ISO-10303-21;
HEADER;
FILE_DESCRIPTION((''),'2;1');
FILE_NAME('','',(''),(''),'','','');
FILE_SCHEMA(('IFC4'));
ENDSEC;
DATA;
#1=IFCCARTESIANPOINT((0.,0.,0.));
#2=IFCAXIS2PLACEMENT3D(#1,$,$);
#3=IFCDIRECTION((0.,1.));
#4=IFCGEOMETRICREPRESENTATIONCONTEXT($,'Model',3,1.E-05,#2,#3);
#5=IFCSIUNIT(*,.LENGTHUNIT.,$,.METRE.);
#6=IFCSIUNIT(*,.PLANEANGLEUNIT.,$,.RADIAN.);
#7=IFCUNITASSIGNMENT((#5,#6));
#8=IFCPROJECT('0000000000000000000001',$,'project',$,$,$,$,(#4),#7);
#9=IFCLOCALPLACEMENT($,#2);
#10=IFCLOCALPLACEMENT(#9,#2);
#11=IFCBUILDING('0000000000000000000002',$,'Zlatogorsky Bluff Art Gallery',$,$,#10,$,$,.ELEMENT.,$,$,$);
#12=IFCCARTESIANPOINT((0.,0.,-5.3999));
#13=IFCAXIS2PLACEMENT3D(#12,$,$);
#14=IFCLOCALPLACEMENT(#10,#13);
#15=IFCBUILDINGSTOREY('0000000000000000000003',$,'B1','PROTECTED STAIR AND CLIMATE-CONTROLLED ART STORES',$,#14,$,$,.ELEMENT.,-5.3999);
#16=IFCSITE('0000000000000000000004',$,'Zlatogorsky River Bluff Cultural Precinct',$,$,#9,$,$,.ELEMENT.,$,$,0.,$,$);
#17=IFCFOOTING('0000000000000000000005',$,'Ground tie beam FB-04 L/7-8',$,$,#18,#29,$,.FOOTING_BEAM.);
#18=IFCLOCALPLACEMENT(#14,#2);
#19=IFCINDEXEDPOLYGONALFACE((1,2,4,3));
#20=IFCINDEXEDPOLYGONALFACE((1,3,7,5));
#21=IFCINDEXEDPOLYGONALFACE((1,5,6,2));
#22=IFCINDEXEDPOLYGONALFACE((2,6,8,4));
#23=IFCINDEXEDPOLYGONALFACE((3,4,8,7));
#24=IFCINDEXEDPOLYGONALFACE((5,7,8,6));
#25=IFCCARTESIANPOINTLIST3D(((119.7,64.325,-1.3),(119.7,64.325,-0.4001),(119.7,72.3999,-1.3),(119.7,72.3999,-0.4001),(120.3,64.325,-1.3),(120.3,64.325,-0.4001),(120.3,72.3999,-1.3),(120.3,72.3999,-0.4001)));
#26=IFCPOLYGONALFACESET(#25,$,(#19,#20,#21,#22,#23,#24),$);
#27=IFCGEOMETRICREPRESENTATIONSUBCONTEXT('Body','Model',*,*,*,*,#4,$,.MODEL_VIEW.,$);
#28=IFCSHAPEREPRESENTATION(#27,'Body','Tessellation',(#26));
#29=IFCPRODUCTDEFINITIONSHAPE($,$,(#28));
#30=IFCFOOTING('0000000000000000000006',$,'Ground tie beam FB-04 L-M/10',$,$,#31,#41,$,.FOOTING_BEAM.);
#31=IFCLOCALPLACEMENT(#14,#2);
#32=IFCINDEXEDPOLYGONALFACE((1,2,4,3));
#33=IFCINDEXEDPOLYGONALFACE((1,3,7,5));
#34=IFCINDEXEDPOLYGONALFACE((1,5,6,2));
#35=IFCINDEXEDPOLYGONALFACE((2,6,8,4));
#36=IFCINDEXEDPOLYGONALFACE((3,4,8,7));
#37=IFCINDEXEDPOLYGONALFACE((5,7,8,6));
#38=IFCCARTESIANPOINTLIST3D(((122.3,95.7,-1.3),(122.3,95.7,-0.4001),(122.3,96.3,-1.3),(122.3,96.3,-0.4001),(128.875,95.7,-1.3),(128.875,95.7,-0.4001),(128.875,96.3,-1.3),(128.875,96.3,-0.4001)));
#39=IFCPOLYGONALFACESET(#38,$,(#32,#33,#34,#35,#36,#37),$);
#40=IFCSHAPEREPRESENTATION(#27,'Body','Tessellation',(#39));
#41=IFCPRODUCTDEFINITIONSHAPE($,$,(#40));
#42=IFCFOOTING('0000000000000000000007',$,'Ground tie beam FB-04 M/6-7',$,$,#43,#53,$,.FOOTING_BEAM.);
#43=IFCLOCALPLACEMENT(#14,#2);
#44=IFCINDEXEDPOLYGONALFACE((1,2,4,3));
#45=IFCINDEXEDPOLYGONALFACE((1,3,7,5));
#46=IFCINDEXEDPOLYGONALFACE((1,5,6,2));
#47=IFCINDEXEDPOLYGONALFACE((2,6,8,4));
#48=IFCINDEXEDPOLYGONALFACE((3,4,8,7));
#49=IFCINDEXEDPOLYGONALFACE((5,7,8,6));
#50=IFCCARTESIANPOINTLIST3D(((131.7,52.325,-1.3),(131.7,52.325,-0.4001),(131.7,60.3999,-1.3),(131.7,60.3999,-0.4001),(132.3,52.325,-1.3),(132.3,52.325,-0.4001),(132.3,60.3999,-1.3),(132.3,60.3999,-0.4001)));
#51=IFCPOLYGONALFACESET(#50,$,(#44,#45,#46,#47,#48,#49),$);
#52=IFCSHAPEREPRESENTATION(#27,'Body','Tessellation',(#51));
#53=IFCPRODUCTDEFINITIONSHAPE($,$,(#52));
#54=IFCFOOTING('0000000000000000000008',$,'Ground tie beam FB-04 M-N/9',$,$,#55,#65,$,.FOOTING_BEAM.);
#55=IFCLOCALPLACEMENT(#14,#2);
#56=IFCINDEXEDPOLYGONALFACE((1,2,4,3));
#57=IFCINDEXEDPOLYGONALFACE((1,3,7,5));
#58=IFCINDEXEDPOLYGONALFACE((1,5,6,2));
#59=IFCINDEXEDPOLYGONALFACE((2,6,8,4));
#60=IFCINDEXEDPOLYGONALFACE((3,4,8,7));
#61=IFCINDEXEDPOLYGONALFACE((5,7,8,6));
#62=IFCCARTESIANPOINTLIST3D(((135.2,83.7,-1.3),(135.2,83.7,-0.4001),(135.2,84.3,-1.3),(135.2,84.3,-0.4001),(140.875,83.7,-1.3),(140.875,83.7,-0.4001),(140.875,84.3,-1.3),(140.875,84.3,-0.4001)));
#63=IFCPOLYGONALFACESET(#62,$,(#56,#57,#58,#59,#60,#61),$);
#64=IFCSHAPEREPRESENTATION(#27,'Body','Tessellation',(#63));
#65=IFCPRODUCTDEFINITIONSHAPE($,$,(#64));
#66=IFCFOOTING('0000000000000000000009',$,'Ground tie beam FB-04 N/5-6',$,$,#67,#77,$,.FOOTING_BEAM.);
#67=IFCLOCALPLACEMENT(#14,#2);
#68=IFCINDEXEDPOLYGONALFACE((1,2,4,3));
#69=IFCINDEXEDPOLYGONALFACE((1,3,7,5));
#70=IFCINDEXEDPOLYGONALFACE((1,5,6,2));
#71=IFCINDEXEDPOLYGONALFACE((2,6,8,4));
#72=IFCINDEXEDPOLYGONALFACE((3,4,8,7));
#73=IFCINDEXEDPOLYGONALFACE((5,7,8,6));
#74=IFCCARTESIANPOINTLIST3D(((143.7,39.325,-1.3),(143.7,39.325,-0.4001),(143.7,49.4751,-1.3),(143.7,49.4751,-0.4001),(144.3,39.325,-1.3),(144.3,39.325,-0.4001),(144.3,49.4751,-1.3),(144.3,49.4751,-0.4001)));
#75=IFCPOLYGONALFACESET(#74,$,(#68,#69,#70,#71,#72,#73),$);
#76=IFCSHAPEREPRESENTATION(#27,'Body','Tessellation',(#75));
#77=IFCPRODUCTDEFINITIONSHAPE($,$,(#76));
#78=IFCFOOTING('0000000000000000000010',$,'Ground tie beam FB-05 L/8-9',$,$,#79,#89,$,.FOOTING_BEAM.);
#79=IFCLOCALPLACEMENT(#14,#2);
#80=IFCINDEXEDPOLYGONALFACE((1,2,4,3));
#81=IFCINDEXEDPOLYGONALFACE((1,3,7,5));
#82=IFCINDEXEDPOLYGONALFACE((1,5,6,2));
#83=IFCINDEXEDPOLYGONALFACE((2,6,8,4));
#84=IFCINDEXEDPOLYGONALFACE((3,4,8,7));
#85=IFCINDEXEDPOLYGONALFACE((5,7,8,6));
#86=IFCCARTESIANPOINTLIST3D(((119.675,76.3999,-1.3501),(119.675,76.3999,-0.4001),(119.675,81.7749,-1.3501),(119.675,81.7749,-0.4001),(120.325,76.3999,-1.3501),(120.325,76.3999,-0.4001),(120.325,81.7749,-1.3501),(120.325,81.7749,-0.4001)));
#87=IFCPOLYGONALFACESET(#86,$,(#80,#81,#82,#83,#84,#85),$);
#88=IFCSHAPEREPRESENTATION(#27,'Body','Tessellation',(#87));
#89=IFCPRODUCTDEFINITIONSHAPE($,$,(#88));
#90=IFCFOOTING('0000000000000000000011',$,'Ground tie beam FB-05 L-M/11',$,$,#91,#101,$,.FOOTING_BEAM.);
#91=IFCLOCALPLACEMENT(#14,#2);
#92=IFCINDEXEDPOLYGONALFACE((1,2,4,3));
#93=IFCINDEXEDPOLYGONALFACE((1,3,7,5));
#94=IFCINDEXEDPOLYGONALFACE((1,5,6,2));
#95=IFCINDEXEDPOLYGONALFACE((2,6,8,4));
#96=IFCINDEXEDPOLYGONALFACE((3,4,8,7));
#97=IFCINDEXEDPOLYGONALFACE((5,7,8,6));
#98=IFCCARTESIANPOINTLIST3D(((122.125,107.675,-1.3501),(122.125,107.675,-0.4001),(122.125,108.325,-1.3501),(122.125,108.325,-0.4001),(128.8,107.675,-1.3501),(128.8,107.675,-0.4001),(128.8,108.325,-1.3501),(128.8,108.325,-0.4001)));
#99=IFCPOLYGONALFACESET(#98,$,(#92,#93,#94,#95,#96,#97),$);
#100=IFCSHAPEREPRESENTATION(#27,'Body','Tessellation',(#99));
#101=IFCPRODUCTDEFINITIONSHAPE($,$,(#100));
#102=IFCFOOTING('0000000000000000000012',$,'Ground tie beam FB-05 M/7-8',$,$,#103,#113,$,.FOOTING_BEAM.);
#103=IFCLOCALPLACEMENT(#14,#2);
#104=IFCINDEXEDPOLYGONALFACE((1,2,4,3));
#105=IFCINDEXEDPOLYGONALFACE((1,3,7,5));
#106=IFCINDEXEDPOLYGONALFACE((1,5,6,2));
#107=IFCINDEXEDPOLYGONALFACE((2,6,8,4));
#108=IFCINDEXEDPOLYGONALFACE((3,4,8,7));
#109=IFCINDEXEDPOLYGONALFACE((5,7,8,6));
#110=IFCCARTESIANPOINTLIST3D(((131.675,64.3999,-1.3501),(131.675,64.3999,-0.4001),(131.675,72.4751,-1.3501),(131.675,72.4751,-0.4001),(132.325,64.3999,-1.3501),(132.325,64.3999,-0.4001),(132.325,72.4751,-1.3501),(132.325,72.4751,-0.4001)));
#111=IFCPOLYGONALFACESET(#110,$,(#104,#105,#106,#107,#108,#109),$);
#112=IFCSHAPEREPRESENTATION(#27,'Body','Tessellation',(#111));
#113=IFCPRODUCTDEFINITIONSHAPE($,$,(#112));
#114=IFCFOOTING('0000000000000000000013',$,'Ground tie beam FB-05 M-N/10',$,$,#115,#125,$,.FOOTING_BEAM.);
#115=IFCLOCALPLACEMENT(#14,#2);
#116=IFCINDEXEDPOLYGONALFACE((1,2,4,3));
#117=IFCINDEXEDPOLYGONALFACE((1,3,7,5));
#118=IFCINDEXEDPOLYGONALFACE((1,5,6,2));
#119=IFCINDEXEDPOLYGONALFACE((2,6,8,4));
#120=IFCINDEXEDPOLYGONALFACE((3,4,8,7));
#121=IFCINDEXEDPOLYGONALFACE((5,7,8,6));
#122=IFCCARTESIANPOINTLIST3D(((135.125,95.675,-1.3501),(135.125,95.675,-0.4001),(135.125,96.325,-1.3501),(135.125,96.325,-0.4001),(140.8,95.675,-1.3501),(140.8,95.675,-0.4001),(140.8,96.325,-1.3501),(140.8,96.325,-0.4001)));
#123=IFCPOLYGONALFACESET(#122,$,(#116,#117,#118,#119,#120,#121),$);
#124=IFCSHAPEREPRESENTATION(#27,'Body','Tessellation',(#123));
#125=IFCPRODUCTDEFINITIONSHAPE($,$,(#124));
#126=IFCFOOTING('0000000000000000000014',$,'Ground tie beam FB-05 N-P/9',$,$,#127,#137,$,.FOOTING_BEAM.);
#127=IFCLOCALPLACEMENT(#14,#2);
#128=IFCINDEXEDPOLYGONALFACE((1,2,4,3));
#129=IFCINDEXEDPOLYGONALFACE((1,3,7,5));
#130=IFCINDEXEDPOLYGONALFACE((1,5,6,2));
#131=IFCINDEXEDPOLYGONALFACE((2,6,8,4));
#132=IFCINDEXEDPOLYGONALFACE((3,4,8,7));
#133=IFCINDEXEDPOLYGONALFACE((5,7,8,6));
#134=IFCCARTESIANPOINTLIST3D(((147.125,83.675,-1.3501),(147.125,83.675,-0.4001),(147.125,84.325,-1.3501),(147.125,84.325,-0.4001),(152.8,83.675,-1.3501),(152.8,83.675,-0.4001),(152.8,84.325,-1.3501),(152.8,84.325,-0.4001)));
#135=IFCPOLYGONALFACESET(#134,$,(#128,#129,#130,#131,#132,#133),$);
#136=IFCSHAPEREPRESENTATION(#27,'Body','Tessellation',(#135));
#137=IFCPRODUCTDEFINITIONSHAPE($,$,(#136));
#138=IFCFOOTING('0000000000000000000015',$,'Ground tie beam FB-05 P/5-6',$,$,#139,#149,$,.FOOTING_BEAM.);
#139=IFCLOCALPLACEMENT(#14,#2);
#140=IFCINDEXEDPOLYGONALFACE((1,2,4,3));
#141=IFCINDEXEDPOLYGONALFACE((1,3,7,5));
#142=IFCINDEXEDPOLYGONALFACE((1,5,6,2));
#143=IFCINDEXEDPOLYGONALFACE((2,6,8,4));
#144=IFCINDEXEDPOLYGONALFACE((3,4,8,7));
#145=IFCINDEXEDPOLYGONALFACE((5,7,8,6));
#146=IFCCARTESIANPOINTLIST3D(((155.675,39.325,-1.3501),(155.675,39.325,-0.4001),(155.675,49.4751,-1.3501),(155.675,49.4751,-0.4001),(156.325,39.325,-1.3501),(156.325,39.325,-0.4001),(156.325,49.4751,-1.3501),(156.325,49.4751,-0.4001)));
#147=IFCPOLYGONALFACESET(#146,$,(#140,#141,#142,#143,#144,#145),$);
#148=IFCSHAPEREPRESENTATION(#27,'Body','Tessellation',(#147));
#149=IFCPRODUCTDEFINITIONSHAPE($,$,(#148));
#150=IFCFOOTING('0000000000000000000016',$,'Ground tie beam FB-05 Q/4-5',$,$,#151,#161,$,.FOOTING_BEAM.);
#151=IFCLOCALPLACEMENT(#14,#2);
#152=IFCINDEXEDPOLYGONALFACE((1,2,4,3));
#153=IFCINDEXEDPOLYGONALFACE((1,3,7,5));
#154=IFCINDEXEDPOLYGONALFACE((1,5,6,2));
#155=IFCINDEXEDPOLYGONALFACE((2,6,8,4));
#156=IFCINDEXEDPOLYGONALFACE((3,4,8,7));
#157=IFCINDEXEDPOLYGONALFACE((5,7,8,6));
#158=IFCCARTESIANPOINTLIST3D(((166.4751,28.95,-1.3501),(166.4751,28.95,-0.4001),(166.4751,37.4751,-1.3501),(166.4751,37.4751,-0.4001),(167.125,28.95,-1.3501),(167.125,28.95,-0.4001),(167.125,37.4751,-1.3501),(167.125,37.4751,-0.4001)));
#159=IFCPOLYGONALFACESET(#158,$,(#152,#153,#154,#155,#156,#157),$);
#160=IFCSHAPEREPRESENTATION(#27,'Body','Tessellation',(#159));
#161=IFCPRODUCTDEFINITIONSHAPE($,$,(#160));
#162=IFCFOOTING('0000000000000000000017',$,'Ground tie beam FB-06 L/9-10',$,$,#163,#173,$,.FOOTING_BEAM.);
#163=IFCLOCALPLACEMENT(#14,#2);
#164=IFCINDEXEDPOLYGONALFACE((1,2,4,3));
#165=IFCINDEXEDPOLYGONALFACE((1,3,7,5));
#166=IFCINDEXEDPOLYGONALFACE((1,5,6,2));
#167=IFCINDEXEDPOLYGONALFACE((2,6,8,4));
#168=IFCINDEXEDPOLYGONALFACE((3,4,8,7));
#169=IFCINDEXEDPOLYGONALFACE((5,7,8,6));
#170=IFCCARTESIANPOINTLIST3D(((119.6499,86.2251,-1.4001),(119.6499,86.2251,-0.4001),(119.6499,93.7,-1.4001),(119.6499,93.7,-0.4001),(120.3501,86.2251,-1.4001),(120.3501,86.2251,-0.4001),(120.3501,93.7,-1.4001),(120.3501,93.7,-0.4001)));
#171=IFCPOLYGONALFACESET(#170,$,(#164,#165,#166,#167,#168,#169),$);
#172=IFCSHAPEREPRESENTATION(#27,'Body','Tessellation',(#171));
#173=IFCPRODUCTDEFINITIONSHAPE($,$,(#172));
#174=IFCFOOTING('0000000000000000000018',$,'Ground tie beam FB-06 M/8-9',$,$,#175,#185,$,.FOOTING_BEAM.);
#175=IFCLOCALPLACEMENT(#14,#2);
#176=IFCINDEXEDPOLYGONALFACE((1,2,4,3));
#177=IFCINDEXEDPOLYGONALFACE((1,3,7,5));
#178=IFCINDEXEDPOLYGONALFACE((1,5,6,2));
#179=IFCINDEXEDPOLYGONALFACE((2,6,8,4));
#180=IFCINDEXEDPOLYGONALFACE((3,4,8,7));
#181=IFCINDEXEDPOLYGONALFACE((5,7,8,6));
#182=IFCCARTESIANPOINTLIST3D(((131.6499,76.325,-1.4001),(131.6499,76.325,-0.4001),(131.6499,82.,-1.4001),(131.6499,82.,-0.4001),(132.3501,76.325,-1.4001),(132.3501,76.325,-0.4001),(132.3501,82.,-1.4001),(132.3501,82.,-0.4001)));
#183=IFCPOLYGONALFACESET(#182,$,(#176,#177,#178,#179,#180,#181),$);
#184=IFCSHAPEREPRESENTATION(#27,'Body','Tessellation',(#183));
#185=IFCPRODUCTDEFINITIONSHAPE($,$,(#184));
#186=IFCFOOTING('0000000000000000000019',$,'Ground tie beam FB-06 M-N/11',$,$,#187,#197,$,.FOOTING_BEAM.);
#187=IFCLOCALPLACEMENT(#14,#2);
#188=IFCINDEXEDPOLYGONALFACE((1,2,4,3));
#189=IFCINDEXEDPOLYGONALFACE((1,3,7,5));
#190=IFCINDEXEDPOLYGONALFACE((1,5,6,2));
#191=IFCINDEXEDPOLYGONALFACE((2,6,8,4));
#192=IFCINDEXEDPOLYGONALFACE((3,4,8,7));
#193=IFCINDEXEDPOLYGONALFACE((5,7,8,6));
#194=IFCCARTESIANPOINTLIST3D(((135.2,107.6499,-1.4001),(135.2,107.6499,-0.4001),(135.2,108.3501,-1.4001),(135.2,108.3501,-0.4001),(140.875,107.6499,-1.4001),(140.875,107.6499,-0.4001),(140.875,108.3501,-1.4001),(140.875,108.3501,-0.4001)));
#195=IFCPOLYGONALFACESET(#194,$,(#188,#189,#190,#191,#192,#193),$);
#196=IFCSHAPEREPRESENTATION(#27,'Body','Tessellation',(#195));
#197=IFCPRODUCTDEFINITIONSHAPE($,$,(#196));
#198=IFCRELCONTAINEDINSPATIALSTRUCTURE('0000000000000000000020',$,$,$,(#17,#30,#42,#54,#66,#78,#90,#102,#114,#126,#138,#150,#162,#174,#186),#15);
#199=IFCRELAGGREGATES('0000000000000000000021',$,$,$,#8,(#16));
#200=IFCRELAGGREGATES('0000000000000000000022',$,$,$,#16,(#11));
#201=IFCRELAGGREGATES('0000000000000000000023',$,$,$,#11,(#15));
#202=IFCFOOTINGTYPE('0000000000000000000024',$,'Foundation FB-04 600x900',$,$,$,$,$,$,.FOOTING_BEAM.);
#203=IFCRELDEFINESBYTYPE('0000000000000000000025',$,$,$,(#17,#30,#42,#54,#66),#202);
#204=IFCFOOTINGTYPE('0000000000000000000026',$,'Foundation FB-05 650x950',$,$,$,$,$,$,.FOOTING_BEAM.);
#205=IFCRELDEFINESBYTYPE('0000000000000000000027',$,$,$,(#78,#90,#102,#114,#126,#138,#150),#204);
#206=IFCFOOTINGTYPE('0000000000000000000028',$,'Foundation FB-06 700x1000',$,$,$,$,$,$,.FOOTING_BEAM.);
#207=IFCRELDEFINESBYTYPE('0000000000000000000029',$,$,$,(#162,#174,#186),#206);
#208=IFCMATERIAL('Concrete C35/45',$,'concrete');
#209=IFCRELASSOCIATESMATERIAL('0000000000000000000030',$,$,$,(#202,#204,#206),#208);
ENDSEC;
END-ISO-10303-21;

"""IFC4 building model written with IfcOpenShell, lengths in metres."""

from ifc_helpers import new_model, si_unit, direction, frame, origin, place, context, subcontext, project, spatial, polyline, outline, extrude, material, type_object, element, save


model = new_model("IFC4")

# Units and contexts
model_context = context("Model", 3, precision=1e-05, world=origin(), true_north=direction((0.0, 1.0)))
body_context = subcontext(model_context, "Body", "Model", "MODEL_VIEW")
ifc_project = project(units=[si_unit("LENGTHUNIT", "METRE"), si_unit("PLANEANGLEUNIT", "RADIAN")], contexts=[model_context])

# Site, building, storey
site_placement = place(None, origin())
site = spatial("IfcSite", under=ifc_project, at=site_placement, Name="Zlatogorsky River Bluff Cultural Precinct", CompositionType="ELEMENT", RefElevation=0.0)
building_placement = place(site_placement, origin())
building = spatial("IfcBuilding", under=site, at=building_placement, Name="Zlatogorsky Bluff Art Gallery", CompositionType="ELEMENT")
storey_placement = place(building_placement, frame((0.0, 0.0, -5.3999)))
storey = spatial("IfcBuildingStorey", under=building, at=storey_placement, Name="B1", Description="PROTECTED STAIR AND CLIMATE-CONTROLLED ART STORES", CompositionType="ELEMENT", Elevation=-5.3999)

# Footings
ifc_material = material(Name="Concrete C35/45", Category="concrete")
footing_type_1 = type_object("IfcFootingType", Name="Foundation FB-04 600x900", PredefinedType="FOOTING_BEAM", material=ifc_material)
footing_1_placement = place(storey_placement, frame((0.0, 0.0, -1.3)))
element("IfcFooting", 1, at=footing_1_placement, inside=storey, type_object=footing_type_1, Name="Ground tie beam FB-04 L/7-8", PredefinedType="FOOTING_BEAM", context=body_context, shape_type="SweptSolid", body=[
    extrude(outline(polyline([(119.7, 64.325), (120.3, 64.325), (120.3, 72.3999), (119.7, 72.3999), (119.7, 64.325)])), origin(), (0.0, 0.0, 1.0), 0.8999),
])
footing_2_placement = place(storey_placement, frame((0.0, 0.0, -1.3)))
element("IfcFooting", 2, at=footing_2_placement, inside=storey, type_object=footing_type_1, Name="Ground tie beam FB-04 L-M/10", PredefinedType="FOOTING_BEAM", context=body_context, shape_type="SweptSolid", body=[
    extrude(outline(polyline([(122.3, 95.7), (128.875, 95.7), (128.875, 96.3), (122.3, 96.3), (122.3, 95.7)])), origin(), (0.0, 0.0, 1.0), 0.8999),
])
footing_3_placement = place(storey_placement, frame((0.0, 0.0, -1.3)))
element("IfcFooting", 3, at=footing_3_placement, inside=storey, type_object=footing_type_1, Name="Ground tie beam FB-04 M/6-7", PredefinedType="FOOTING_BEAM", context=body_context, shape_type="SweptSolid", body=[
    extrude(outline(polyline([(131.7, 52.325), (132.3, 52.325), (132.3, 60.3999), (131.7, 60.3999), (131.7, 52.325)])), origin(), (0.0, 0.0, 1.0), 0.8999),
])
footing_4_placement = place(storey_placement, frame((0.0, 0.0, -1.3)))
element("IfcFooting", 4, at=footing_4_placement, inside=storey, type_object=footing_type_1, Name="Ground tie beam FB-04 M-N/9", PredefinedType="FOOTING_BEAM", context=body_context, shape_type="SweptSolid", body=[
    extrude(outline(polyline([(135.2, 83.7), (140.875, 83.7), (140.875, 84.3), (135.2, 84.3), (135.2, 83.7)])), origin(), (0.0, 0.0, 1.0), 0.8999),
])
footing_5_placement = place(storey_placement, frame((0.0, 0.0, -1.3)))
element("IfcFooting", 5, at=footing_5_placement, inside=storey, type_object=footing_type_1, Name="Ground tie beam FB-04 N/5-6", PredefinedType="FOOTING_BEAM", context=body_context, shape_type="SweptSolid", body=[
    extrude(outline(polyline([(143.7, 39.325), (144.3, 39.325), (144.3, 49.4751), (143.7, 49.4751), (143.7, 39.325)])), origin(), (0.0, 0.0, 1.0), 0.8999),
])
footing_type_2 = type_object("IfcFootingType", Name="Foundation FB-05 650x950", PredefinedType="FOOTING_BEAM", material=ifc_material)
footing_6_placement = place(storey_placement, frame((0.0, 0.0, -1.3501)))
element("IfcFooting", 6, at=footing_6_placement, inside=storey, type_object=footing_type_2, Name="Ground tie beam FB-05 L/8-9", PredefinedType="FOOTING_BEAM", context=body_context, shape_type="SweptSolid", body=[
    extrude(outline(polyline([(119.675, 76.3999), (120.325, 76.3999), (120.325, 81.7749), (119.675, 81.7749), (119.675, 76.3999)])), origin(), (0.0, 0.0, 1.0), 0.95),
])
footing_7_placement = place(storey_placement, frame((0.0, 0.0, -1.3501)))
element("IfcFooting", 7, at=footing_7_placement, inside=storey, type_object=footing_type_2, Name="Ground tie beam FB-05 L-M/11", PredefinedType="FOOTING_BEAM", context=body_context, shape_type="SweptSolid", body=[
    extrude(outline(polyline([(122.125, 107.675), (128.8, 107.675), (128.8, 108.325), (122.125, 108.325), (122.125, 107.675)])), origin(), (0.0, 0.0, 1.0), 0.95),
])
footing_8_placement = place(storey_placement, frame((0.0, 0.0, -1.3501)))
element("IfcFooting", 8, at=footing_8_placement, inside=storey, type_object=footing_type_2, Name="Ground tie beam FB-05 M/7-8", PredefinedType="FOOTING_BEAM", context=body_context, shape_type="SweptSolid", body=[
    extrude(outline(polyline([(131.675, 64.3999), (132.325, 64.3999), (132.325, 72.4751), (131.675, 72.4751), (131.675, 64.3999)])), origin(), (0.0, 0.0, 1.0), 0.95),
])
footing_9_placement = place(storey_placement, frame((0.0, 0.0, -1.3501)))
element("IfcFooting", 9, at=footing_9_placement, inside=storey, type_object=footing_type_2, Name="Ground tie beam FB-05 M-N/10", PredefinedType="FOOTING_BEAM", context=body_context, shape_type="SweptSolid", body=[
    extrude(outline(polyline([(135.125, 95.675), (140.8, 95.675), (140.8, 96.325), (135.125, 96.325), (135.125, 95.675)])), origin(), (0.0, 0.0, 1.0), 0.95),
])
footing_10_placement = place(storey_placement, frame((0.0, 0.0, -1.3501)))
element("IfcFooting", 10, at=footing_10_placement, inside=storey, type_object=footing_type_2, Name="Ground tie beam FB-05 N-P/9", PredefinedType="FOOTING_BEAM", context=body_context, shape_type="SweptSolid", body=[
    extrude(outline(polyline([(147.125, 83.675), (152.8, 83.675), (152.8, 84.325), (147.125, 84.325), (147.125, 83.675)])), origin(), (0.0, 0.0, 1.0), 0.95),
])
footing_11_placement = place(storey_placement, frame((0.0, 0.0, -1.3501)))
element("IfcFooting", 11, at=footing_11_placement, inside=storey, type_object=footing_type_2, Name="Ground tie beam FB-05 P/5-6", PredefinedType="FOOTING_BEAM", context=body_context, shape_type="SweptSolid", body=[
    extrude(outline(polyline([(155.675, 39.325), (156.325, 39.325), (156.325, 49.4751), (155.675, 49.4751), (155.675, 39.325)])), origin(), (0.0, 0.0, 1.0), 0.95),
])
footing_12_placement = place(storey_placement, frame((0.0, 0.0, -1.3501)))
element("IfcFooting", 12, at=footing_12_placement, inside=storey, type_object=footing_type_2, Name="Ground tie beam FB-05 Q/4-5", PredefinedType="FOOTING_BEAM", context=body_context, shape_type="SweptSolid", body=[
    extrude(outline(polyline([(166.4751, 28.95), (167.125, 28.95), (167.125, 37.4751), (166.4751, 37.4751), (166.4751, 28.95)])), origin(), (0.0, 0.0, 1.0), 0.95),
])
footing_type_3 = type_object("IfcFootingType", Name="Foundation FB-06 700x1000", PredefinedType="FOOTING_BEAM", material=ifc_material)
footing_13_placement = place(storey_placement, frame((0.0, 0.0, -1.4001)))
element("IfcFooting", 13, at=footing_13_placement, inside=storey, type_object=footing_type_3, Name="Ground tie beam FB-06 L/9-10", PredefinedType="FOOTING_BEAM", context=body_context, shape_type="SweptSolid", body=[
    extrude(outline(polyline([(119.6499, 86.2251), (120.3501, 86.2251), (120.3501, 93.7), (119.6499, 93.7), (119.6499, 86.2251)])), origin(), (0.0, 0.0, 1.0), 1.0),
])
footing_14_placement = place(storey_placement, frame((0.0, 0.0, -1.4001)))
element("IfcFooting", 14, at=footing_14_placement, inside=storey, type_object=footing_type_3, Name="Ground tie beam FB-06 M/8-9", PredefinedType="FOOTING_BEAM", context=body_context, shape_type="SweptSolid", body=[
    extrude(outline(polyline([(131.6499, 76.325), (132.3501, 76.325), (132.3501, 82.0), (131.6499, 82.0), (131.6499, 76.325)])), origin(), (0.0, 0.0, 1.0), 1.0),
])
footing_15_placement = place(storey_placement, frame((0.0, 0.0, -1.4001)))
element("IfcFooting", 15, at=footing_15_placement, inside=storey, type_object=footing_type_3, Name="Ground tie beam FB-06 M-N/11", PredefinedType="FOOTING_BEAM", context=body_context, shape_type="SweptSolid", body=[
    extrude(outline(polyline([(135.2, 107.6499), (140.875, 107.6499), (140.875, 108.3501), (135.2, 108.3501), (135.2, 107.6499)])), origin(), (0.0, 0.0, 1.0), 1.0),
])

save(model, "model.ifc")
